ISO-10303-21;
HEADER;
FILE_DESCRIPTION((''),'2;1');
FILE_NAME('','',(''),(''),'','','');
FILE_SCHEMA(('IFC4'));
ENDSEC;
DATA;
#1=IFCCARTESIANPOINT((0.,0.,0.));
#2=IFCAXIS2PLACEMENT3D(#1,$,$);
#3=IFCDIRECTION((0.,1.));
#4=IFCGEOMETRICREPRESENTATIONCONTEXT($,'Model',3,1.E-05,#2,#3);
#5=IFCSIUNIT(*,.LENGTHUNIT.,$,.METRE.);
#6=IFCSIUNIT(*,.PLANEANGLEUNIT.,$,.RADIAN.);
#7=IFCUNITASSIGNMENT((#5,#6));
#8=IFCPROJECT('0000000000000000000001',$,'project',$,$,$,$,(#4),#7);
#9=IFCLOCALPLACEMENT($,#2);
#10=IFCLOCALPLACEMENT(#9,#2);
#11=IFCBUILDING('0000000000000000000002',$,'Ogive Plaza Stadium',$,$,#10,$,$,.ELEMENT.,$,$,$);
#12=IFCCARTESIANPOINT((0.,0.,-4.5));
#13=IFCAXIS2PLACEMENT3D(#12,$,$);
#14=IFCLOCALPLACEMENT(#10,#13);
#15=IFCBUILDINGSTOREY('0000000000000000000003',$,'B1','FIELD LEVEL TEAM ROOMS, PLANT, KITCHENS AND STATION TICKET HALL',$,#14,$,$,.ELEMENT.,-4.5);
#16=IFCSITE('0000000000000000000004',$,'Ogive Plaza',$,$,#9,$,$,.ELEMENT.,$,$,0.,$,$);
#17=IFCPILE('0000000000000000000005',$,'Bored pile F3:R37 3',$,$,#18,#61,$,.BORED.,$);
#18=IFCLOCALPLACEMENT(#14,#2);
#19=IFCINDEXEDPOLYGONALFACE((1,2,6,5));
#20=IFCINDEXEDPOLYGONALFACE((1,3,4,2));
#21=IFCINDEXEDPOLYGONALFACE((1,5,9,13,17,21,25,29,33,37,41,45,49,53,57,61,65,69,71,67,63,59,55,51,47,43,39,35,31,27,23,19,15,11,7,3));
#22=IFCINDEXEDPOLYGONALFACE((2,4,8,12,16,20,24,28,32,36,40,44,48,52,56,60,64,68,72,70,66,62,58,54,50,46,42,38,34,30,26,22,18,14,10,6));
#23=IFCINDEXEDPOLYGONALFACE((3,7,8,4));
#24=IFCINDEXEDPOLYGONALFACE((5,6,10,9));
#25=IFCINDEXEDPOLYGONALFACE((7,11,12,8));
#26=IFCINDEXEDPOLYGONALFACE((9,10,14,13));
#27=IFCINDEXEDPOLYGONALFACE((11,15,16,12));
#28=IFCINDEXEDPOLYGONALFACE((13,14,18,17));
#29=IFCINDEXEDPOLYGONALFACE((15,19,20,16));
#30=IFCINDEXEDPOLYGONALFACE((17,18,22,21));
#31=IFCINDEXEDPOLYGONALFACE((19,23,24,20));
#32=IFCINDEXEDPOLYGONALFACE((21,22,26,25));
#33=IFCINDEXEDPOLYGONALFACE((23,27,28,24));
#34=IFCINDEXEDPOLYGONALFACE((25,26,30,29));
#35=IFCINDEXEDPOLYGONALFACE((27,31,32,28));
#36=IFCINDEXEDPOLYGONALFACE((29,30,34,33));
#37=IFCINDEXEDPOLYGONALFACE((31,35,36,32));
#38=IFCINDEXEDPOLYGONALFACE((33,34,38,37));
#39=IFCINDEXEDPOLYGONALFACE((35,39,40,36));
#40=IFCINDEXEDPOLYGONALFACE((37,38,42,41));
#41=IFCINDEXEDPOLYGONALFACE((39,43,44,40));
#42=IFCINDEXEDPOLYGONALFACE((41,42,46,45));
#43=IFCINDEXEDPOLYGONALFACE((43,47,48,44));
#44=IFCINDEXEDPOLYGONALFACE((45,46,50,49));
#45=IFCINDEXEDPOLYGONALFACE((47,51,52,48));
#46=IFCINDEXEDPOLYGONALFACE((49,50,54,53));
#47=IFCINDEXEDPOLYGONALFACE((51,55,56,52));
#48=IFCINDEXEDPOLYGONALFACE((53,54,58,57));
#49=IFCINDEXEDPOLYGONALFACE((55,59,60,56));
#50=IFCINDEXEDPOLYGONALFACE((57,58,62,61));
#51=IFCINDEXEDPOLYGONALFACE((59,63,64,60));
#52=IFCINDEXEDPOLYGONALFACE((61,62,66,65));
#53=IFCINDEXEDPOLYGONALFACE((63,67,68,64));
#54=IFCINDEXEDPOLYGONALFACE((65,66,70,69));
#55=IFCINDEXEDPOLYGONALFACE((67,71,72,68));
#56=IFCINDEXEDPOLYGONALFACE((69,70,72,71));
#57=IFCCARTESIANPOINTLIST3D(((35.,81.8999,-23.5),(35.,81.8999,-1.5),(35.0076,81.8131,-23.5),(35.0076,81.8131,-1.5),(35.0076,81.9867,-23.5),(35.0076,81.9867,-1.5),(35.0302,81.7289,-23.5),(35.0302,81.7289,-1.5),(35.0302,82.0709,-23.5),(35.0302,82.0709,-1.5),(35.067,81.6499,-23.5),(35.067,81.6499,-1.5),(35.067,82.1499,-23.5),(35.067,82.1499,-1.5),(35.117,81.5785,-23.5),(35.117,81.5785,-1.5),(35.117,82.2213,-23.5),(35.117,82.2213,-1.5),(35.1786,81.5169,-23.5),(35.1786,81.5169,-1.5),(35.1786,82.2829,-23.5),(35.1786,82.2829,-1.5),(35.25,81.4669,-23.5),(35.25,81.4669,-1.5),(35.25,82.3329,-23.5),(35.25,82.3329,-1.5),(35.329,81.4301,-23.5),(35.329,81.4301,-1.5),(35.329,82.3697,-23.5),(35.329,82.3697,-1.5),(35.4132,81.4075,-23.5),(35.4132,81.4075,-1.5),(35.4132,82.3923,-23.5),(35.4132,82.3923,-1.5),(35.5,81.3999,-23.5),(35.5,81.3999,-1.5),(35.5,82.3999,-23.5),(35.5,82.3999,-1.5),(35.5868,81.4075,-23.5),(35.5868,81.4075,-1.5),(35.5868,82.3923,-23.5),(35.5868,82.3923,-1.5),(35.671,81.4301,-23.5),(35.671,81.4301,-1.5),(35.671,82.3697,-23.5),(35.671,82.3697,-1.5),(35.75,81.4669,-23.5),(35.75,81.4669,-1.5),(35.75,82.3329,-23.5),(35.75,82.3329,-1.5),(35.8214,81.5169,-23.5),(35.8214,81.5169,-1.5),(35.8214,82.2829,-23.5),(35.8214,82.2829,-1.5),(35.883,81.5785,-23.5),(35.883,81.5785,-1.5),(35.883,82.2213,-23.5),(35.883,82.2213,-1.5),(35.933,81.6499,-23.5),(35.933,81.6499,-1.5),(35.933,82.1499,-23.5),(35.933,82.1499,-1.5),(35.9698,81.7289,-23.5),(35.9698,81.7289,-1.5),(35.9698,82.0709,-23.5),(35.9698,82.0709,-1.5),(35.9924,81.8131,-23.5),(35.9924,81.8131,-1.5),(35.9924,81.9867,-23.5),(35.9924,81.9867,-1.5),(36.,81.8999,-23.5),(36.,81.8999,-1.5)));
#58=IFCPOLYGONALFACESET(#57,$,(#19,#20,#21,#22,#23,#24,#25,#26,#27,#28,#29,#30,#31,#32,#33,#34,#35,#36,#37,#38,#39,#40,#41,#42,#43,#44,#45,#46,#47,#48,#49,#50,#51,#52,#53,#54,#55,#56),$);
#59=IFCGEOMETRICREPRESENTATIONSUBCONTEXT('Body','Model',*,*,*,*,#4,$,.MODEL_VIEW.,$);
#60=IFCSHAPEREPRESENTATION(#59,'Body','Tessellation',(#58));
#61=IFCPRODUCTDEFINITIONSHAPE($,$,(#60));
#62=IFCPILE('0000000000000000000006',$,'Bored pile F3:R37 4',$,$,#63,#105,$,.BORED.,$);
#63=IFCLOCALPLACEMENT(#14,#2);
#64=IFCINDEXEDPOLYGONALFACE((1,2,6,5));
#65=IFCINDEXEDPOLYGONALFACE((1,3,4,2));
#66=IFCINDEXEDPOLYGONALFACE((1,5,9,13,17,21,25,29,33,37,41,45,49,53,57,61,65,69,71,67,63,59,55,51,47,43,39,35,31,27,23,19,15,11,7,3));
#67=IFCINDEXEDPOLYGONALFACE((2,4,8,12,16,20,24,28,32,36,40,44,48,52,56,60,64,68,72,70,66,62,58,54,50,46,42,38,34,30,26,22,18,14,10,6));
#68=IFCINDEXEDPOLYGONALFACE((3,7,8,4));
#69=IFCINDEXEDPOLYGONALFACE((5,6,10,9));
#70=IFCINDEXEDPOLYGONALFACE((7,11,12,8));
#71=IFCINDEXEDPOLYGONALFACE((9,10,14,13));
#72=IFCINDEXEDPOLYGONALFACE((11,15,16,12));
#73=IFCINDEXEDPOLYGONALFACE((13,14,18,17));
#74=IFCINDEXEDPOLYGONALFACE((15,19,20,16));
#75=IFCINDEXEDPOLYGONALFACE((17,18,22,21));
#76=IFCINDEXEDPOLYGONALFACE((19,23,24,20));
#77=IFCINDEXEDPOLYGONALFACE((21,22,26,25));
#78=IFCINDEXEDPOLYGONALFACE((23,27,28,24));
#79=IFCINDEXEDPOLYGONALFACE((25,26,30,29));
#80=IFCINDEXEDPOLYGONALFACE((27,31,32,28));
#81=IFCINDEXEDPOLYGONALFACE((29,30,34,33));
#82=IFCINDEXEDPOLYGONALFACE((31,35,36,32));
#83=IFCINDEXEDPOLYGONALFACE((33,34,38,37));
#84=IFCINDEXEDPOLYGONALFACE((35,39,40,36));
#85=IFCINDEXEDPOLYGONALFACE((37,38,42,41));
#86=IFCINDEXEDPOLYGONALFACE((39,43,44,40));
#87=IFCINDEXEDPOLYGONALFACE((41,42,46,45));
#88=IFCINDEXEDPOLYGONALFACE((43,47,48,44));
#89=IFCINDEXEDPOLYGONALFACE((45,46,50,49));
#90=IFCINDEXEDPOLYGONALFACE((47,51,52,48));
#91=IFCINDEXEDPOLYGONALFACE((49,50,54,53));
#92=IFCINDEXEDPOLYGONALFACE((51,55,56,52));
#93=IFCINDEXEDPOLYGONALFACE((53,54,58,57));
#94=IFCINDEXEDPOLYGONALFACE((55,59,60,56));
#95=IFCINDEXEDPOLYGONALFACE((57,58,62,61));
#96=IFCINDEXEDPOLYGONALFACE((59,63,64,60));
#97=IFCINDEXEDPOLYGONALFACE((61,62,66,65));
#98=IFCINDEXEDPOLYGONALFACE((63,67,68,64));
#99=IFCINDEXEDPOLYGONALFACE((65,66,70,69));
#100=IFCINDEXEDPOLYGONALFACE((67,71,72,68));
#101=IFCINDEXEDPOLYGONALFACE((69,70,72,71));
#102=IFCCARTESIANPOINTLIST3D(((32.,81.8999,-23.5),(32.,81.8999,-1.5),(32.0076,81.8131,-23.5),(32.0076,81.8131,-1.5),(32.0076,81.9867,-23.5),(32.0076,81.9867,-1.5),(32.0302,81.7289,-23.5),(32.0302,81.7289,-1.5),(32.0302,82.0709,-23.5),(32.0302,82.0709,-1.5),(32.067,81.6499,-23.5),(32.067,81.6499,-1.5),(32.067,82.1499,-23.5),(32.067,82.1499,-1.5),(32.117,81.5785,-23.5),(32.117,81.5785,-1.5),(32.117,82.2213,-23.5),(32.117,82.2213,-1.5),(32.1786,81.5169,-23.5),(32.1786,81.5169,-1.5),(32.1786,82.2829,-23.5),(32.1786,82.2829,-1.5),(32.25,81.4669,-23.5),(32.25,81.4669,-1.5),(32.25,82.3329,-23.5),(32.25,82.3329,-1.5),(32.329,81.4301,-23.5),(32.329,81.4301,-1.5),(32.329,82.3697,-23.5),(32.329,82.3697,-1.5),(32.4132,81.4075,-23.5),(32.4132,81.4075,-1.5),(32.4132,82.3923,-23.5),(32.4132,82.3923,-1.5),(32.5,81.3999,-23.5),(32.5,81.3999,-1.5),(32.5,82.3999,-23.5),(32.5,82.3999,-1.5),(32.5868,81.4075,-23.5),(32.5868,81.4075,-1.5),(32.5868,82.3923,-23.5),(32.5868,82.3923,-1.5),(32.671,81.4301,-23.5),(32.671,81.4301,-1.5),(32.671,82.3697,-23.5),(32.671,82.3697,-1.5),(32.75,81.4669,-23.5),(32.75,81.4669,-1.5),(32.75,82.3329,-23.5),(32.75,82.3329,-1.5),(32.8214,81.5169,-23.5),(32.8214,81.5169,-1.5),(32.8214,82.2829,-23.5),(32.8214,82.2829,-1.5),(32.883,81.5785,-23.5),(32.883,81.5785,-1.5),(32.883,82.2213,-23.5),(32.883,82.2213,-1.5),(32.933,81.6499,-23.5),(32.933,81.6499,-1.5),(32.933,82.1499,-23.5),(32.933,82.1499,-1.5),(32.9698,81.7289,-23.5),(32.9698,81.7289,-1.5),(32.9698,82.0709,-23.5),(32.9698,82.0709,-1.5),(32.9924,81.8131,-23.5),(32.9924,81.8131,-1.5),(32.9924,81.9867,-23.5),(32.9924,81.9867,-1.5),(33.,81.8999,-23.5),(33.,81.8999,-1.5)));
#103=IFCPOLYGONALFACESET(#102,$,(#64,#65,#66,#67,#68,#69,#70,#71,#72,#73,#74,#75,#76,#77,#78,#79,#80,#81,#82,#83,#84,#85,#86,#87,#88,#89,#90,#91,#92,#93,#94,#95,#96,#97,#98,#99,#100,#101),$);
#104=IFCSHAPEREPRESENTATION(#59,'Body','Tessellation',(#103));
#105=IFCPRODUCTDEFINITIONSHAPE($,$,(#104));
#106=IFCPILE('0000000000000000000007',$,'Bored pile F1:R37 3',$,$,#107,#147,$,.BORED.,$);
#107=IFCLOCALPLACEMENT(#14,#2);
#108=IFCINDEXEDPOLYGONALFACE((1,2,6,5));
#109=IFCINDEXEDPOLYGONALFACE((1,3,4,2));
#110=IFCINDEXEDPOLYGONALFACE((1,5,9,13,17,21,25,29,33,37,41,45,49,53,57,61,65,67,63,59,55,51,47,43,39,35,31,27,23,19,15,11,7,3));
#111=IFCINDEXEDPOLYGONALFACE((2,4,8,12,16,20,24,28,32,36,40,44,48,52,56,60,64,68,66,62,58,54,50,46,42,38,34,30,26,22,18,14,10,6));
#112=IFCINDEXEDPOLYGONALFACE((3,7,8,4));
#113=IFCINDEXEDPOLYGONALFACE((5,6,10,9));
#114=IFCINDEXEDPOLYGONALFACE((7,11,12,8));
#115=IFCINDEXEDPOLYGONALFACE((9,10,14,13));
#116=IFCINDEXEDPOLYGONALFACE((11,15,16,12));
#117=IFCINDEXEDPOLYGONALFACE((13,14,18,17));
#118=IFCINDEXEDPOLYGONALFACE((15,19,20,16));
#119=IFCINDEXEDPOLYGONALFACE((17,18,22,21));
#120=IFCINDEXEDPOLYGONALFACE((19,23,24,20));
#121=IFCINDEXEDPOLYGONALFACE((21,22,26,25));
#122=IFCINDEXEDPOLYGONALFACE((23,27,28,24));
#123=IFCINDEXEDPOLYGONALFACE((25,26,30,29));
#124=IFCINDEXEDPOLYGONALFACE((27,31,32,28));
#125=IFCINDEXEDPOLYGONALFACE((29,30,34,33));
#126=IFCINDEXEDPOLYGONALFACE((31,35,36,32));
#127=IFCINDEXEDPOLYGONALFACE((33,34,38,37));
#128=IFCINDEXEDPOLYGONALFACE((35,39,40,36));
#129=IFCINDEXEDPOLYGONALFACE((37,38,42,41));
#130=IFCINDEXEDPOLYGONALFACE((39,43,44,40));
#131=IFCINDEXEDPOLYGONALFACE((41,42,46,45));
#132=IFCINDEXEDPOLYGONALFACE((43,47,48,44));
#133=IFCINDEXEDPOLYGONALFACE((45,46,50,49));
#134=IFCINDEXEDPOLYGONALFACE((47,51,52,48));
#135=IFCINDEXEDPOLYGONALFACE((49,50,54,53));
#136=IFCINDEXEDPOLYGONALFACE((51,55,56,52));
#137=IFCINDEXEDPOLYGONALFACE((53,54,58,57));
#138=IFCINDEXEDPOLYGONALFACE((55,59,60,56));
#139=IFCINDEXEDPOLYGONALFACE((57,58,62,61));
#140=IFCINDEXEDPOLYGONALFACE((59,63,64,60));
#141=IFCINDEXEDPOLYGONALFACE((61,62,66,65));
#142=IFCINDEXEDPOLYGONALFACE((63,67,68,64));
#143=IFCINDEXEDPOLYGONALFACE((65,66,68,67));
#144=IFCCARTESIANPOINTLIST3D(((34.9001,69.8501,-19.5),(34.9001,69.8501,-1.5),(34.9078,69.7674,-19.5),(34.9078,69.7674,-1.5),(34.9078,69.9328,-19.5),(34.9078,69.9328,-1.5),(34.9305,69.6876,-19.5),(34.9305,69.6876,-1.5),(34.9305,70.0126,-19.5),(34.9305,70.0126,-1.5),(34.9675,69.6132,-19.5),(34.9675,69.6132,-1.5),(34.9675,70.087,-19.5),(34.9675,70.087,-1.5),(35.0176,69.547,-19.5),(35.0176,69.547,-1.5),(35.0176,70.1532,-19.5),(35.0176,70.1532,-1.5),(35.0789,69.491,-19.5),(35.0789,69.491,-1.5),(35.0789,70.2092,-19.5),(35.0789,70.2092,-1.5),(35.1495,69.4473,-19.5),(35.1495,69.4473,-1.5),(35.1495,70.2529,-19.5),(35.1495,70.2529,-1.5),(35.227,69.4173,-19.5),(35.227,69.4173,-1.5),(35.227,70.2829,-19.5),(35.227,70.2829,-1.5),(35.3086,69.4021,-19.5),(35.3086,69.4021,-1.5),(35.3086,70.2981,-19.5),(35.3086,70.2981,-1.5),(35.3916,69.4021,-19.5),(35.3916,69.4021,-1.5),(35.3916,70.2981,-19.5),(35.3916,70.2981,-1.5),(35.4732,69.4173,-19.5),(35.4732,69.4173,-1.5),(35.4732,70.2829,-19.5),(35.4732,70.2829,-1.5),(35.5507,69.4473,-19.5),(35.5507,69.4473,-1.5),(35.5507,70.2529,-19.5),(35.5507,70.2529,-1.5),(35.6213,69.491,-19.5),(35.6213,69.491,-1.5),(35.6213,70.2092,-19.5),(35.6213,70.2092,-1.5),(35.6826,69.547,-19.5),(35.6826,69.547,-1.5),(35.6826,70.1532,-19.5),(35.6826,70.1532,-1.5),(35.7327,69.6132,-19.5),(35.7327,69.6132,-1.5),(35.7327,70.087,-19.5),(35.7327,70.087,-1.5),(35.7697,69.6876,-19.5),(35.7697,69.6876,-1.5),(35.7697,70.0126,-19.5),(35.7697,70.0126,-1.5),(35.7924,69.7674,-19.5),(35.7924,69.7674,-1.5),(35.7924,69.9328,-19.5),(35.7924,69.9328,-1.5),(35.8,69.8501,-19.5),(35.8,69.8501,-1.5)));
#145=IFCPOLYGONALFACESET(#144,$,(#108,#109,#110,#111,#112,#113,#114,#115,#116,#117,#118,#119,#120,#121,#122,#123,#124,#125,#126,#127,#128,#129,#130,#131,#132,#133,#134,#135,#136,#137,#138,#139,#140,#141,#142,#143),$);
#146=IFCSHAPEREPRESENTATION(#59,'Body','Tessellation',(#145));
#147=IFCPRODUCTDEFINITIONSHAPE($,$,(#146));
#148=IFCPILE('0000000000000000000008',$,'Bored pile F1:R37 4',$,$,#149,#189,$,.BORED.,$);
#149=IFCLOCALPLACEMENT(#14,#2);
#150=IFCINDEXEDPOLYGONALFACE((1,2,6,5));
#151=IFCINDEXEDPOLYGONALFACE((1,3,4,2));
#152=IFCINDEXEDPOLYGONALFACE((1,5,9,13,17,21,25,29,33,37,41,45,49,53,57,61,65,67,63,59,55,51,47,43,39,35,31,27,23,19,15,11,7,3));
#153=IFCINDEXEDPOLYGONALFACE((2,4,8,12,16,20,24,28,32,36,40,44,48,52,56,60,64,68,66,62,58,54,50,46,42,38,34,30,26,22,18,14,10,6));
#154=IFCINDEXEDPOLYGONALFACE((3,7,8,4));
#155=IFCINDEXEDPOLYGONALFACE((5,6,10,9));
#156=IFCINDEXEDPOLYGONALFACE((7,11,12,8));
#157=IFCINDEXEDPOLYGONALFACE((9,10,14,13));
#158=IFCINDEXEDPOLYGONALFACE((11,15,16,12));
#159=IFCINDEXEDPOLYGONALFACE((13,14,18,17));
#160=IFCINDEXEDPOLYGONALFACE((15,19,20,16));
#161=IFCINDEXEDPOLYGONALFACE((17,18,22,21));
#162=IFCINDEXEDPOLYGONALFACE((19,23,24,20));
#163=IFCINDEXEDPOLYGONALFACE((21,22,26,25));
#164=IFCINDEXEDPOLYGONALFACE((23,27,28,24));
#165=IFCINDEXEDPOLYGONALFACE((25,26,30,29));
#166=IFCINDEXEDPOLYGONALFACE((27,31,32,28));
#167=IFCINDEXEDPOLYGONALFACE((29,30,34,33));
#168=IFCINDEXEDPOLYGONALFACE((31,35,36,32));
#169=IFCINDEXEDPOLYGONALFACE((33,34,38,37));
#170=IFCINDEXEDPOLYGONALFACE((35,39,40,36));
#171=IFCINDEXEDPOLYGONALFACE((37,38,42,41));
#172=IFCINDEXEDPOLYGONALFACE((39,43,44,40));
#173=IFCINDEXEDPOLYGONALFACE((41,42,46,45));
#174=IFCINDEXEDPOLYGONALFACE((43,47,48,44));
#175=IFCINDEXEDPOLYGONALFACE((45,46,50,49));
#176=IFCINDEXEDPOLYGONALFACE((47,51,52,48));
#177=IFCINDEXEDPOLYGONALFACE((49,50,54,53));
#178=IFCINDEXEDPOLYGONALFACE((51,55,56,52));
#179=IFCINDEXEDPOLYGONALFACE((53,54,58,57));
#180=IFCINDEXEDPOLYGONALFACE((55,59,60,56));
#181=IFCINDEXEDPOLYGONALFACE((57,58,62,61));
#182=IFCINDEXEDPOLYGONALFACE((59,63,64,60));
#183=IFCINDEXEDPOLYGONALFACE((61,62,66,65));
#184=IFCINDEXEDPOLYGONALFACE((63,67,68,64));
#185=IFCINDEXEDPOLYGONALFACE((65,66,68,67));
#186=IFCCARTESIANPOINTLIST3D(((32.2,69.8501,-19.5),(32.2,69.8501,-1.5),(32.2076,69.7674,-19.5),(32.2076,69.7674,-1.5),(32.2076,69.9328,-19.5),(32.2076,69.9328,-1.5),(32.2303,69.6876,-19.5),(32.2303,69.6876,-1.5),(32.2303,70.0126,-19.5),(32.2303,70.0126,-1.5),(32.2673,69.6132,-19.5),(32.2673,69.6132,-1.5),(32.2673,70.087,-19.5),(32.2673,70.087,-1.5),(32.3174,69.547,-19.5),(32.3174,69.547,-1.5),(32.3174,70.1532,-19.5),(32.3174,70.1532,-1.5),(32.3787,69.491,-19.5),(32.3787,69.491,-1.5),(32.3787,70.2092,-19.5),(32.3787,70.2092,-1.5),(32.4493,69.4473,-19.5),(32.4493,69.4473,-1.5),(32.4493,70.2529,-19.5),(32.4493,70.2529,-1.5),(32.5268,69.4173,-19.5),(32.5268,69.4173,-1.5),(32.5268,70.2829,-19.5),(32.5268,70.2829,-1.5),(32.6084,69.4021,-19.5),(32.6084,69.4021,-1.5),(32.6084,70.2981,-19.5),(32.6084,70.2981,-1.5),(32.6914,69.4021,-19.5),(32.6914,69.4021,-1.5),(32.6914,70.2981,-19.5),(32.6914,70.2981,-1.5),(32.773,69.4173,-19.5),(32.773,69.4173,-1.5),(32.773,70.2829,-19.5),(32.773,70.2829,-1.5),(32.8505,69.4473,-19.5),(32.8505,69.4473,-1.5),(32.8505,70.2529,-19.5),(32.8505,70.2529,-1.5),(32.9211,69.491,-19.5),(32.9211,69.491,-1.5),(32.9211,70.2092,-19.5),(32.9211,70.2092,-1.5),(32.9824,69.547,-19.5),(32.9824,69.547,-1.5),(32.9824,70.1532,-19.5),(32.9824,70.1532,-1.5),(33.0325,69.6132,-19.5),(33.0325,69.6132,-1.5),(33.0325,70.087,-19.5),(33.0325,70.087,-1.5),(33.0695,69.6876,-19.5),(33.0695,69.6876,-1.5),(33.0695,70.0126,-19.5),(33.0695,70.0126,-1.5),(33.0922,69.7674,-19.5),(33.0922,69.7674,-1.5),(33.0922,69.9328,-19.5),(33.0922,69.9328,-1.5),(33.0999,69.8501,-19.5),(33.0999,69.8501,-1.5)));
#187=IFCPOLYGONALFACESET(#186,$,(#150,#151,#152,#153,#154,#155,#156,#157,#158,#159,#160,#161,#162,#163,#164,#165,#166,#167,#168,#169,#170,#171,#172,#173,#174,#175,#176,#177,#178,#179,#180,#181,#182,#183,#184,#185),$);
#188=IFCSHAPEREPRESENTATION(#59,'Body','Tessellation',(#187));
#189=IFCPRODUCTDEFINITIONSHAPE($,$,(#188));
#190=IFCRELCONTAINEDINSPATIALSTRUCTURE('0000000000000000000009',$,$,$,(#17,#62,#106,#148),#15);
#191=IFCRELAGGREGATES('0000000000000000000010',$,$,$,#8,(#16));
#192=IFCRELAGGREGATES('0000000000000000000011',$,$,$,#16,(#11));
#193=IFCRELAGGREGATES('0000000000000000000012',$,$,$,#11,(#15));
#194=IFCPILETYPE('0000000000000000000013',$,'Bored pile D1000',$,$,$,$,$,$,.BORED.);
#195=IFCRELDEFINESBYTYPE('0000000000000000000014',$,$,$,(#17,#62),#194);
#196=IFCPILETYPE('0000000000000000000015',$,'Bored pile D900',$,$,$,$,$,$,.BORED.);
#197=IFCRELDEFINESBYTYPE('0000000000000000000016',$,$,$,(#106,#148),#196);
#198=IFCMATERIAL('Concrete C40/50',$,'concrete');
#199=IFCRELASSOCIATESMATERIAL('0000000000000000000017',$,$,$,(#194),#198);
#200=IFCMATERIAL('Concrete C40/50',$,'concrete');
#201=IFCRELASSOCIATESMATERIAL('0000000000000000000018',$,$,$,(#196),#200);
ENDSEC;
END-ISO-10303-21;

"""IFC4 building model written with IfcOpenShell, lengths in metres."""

from ifc_helpers import new_model, si_unit, direction, frame, origin, origin_2d, place, context, subcontext, project, spatial, circle, extrude, material, material_profile, profile_set, type_object, element, save


model = new_model("IFC4")

# Units and contexts
model_context = context("Model", 3, precision=1e-05, world=origin(), true_north=direction((0.0, 1.0)))
body_context = subcontext(model_context, "Body", "Model", "MODEL_VIEW")
ifc_project = project(units=[si_unit("LENGTHUNIT", "METRE"), si_unit("PLANEANGLEUNIT", "RADIAN")], contexts=[model_context])

# Site, building, storey
site_placement = place(None, origin())
site = spatial("IfcSite", under=ifc_project, at=site_placement, Name="Ogive Plaza", CompositionType="ELEMENT", RefElevation=0.0)
building_placement = place(site_placement, origin())
building = spatial("IfcBuilding", under=site, at=building_placement, Name="Ogive Plaza Stadium", CompositionType="ELEMENT")
storey_placement = place(building_placement, frame((0.0, 0.0, -4.5)))
storey = spatial("IfcBuildingStorey", under=building, at=storey_placement, Name="B1", Description="FIELD LEVEL TEAM ROOMS, PLANT, KITCHENS AND STATION TICKET HALL", CompositionType="ELEMENT", Elevation=-4.5)

# Piles
ifc_material_1 = material(Name="Concrete C40/50", Category="concrete")
ifc_material_profile_1 = material_profile(ifc_material_1, circle(Radius=0.5, at=origin_2d()), Name="RC D1000")
ifc_profile_set_1 = profile_set([ifc_material_profile_1], Name="Concrete C40/50")
pile_type_1 = type_object("IfcPileType", Name="Bored pile D1000", PredefinedType="BORED", material=ifc_profile_set_1)
for number, where, z_axis, x_axis, name in (
    (1, (35.5, 81.8999, -1.5), (0.0, 0.0, -1.0), (1.0, 0.0, 0.0), "Bored pile F3:R37 3"),
    (2, (32.5, 81.8999, -1.5), (0.0, 0.0, -1.0), (1.0, 0.0, 0.0), "Bored pile F3:R37 4"),
):
    element("IfcPile", number, at=place(storey_placement, frame(where, z_axis=z_axis, x_axis=x_axis)), inside=storey, type_object=pile_type_1, Name=name, PredefinedType="BORED", context=body_context, shape_type="SweptSolid", body=[
        extrude(circle(Radius=0.5, at=origin_2d()), origin(), (0.0, 0.0, 1.0), 22.0),
    ])
ifc_material_2 = material(Name="Concrete C40/50", Category="concrete")
ifc_material_profile_2 = material_profile(ifc_material_2, circle(Radius=0.45, at=origin_2d()), Name="RC D900")
ifc_profile_set_2 = profile_set([ifc_material_profile_2], Name="Concrete C40/50")
pile_type_2 = type_object("IfcPileType", Name="Bored pile D900", PredefinedType="BORED", material=ifc_profile_set_2)
for number, where, z_axis, x_axis, name in (
    (3, (35.3501, 69.8501, -1.5), (0.0, 0.0, -1.0), (1.0, 0.0, 0.0), "Bored pile F1:R37 3"),
    (4, (32.6499, 69.8501, -1.5), (0.0, 0.0, -1.0), (1.0, 0.0, 0.0), "Bored pile F1:R37 4"),
):
    element("IfcPile", number, at=place(storey_placement, frame(where, z_axis=z_axis, x_axis=x_axis)), inside=storey, type_object=pile_type_2, Name=name, PredefinedType="BORED", context=body_context, shape_type="SweptSolid", body=[
        extrude(circle(Radius=0.45, at=origin_2d()), origin(), (0.0, 0.0, 1.0), 18.0),
    ])

save(model, "model.ifc")
